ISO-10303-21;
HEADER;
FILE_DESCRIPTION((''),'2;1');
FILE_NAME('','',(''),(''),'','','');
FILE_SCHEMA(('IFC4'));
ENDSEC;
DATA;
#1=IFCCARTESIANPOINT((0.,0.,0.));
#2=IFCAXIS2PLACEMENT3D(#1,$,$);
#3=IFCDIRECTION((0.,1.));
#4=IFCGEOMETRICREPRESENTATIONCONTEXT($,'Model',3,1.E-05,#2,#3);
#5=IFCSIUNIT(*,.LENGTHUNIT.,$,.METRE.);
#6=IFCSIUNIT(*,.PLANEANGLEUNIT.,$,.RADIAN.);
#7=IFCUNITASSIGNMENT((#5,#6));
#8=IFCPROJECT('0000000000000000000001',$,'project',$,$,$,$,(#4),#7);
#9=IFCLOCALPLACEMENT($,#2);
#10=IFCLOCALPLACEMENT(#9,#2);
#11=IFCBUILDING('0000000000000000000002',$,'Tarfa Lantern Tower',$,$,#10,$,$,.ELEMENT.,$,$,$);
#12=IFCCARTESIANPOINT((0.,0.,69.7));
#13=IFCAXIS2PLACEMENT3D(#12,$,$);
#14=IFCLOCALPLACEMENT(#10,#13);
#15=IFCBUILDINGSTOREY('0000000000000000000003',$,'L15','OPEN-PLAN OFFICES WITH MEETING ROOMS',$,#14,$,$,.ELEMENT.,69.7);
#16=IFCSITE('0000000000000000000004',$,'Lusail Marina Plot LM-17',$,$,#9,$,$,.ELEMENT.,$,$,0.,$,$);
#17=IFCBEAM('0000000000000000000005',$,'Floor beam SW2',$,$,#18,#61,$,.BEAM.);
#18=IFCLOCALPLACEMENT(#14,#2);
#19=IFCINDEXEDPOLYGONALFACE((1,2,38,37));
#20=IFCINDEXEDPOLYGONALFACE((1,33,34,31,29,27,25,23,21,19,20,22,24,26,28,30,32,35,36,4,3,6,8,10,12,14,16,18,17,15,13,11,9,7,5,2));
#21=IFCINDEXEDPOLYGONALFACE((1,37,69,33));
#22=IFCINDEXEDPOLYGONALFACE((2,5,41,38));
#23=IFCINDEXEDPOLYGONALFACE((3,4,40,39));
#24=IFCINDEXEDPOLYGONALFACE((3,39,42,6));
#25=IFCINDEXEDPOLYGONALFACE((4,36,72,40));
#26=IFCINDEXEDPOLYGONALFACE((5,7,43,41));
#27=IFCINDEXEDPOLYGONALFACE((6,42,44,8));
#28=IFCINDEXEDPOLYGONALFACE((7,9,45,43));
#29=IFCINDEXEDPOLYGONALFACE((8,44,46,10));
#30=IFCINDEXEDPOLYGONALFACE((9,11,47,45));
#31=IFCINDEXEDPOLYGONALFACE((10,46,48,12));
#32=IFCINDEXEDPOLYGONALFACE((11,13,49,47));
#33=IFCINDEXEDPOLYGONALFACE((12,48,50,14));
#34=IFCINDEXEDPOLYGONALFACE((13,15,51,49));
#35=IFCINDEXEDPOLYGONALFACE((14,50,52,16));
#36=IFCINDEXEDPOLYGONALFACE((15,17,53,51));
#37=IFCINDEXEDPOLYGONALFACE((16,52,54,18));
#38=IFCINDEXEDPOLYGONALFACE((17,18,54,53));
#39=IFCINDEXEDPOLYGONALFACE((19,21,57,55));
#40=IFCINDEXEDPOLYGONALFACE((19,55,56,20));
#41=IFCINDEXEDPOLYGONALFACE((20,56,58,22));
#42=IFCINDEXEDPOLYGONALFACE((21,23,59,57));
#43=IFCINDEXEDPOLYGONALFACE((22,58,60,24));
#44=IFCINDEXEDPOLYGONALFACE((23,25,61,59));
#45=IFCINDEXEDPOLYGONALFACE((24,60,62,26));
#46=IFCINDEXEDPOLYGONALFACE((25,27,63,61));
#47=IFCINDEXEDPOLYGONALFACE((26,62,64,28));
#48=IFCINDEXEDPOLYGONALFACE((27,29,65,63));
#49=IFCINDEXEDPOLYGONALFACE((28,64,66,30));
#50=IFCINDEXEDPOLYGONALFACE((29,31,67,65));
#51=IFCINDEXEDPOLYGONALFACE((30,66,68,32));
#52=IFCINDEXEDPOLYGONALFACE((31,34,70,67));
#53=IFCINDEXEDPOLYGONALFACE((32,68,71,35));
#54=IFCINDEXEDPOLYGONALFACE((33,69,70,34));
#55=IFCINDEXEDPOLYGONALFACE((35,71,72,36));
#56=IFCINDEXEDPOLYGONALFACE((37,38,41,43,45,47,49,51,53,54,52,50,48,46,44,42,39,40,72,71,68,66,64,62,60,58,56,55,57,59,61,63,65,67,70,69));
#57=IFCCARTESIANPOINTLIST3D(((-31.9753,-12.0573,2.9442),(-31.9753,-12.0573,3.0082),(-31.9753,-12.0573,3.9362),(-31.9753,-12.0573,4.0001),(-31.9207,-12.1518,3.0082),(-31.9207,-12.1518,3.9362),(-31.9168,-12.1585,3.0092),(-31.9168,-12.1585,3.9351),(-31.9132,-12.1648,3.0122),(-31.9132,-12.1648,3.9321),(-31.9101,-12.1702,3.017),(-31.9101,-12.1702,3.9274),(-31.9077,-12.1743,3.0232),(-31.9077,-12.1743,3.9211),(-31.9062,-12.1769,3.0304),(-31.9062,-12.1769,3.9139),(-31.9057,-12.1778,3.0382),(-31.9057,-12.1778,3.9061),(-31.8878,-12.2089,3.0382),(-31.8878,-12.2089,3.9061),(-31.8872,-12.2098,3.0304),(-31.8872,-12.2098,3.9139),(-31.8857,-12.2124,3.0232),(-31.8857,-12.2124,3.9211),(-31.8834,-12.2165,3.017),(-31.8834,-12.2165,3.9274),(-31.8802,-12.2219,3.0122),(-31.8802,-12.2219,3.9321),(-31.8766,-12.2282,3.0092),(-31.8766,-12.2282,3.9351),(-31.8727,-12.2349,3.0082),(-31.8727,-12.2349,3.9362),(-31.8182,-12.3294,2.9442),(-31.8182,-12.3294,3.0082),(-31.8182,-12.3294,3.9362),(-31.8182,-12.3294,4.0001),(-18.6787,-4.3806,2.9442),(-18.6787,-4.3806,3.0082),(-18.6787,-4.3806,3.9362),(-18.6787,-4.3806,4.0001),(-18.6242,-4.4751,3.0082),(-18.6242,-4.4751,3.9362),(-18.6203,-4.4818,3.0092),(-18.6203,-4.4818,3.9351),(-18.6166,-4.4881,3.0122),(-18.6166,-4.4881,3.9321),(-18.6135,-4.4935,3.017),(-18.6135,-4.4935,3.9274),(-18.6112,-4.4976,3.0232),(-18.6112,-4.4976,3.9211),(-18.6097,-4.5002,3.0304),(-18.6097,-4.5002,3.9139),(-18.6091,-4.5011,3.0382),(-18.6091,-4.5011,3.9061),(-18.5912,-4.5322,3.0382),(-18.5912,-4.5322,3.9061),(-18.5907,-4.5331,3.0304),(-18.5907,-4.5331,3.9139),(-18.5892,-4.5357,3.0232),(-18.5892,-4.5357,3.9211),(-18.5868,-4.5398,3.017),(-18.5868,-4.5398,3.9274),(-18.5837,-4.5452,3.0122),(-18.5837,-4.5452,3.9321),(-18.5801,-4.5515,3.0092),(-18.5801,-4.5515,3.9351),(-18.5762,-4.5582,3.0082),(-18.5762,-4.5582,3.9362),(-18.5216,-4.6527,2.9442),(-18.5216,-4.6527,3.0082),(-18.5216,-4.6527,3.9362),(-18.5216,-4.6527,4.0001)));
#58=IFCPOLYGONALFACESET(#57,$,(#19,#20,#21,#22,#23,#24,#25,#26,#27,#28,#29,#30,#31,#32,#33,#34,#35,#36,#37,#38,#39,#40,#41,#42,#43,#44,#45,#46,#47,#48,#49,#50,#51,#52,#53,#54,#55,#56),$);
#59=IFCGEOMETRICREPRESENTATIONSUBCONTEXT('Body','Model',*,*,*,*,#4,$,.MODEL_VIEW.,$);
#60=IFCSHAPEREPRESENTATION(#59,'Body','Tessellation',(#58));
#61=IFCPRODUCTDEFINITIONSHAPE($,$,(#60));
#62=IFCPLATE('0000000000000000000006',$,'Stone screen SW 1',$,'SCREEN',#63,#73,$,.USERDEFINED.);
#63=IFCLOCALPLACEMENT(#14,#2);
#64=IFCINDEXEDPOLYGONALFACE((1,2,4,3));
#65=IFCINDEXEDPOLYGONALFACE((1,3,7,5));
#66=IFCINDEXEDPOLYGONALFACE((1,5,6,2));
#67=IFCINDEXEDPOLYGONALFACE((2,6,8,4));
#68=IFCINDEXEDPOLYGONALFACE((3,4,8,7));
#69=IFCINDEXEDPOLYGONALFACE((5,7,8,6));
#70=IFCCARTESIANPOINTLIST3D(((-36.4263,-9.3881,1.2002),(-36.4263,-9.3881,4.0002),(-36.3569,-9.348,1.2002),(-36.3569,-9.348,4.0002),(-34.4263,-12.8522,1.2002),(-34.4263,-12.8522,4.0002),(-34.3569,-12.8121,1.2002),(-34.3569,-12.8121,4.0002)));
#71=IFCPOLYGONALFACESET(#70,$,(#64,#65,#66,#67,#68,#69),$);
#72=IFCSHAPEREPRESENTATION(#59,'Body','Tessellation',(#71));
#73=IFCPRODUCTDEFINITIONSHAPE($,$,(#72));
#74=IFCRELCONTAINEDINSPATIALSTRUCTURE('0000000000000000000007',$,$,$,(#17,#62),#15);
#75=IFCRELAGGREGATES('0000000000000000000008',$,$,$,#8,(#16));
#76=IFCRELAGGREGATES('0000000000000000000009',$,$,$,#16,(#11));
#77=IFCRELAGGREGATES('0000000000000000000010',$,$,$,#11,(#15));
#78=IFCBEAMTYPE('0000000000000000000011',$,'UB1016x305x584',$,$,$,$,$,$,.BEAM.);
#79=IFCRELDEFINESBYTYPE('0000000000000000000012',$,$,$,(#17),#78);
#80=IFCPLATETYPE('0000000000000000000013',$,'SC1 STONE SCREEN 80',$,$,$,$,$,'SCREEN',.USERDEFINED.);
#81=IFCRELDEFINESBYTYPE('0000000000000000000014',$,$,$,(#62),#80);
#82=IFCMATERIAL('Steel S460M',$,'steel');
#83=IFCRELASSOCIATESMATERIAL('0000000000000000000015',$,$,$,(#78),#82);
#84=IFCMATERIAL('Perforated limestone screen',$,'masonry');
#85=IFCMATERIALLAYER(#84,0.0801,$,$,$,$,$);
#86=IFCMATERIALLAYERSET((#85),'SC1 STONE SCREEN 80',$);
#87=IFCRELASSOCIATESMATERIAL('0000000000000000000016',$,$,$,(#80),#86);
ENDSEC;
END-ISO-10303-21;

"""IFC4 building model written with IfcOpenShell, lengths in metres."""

from ifc_helpers import new_model, si_unit, direction, frame, origin, origin_2d, place, context, subcontext, project, spatial, rectangle, i_section, extrude, material, layer, layer_set, material_profile, profile_set, type_object, element, save


model = new_model("IFC4")

# Units and contexts
model_context = context("Model", 3, precision=1e-05, world=origin(), true_north=direction((0.0, 1.0)))
body_context = subcontext(model_context, "Body", "Model", "MODEL_VIEW")
ifc_project = project(units=[si_unit("LENGTHUNIT", "METRE"), si_unit("PLANEANGLEUNIT", "RADIAN")], contexts=[model_context])

# Site, building, storey
site_placement = place(None, origin())
site = spatial("IfcSite", under=ifc_project, at=site_placement, Name="Lusail Marina Plot LM-17", CompositionType="ELEMENT", RefElevation=0.0)
building_placement = place(site_placement, origin())
building = spatial("IfcBuilding", under=site, at=building_placement, Name="Tarfa Lantern Tower", CompositionType="ELEMENT")
storey_placement = place(building_placement, frame((0.0, 0.0, 69.7)))
storey = spatial("IfcBuildingStorey", under=building, at=storey_placement, Name="L15", Description="OPEN-PLAN OFFICES WITH MEETING ROOMS", CompositionType="ELEMENT", Elevation=69.7)

# Beam
ifc_material_1 = material(Name="Steel S460M", Category="steel")
ifc_material_profile_1 = material_profile(ifc_material_1, i_section(OverallWidth=0.3142, OverallDepth=1.0559, WebThickness=0.0359, FlangeThickness=0.064, FilletRadius=0.03, at=origin_2d()), Name="UB1016x305x584")
ifc_profile_set_1 = profile_set([ifc_material_profile_1], Name="Steel S460M")
beam_type_1 = type_object("IfcBeamType", Name="UB1016x305x584", PredefinedType="BEAM", material=ifc_profile_set_1)
beam_1_placement = place(storey_placement, frame((-31.8967, -12.1934, 3.4722), z_axis=(0.866027, 0.499997, 0.0), x_axis=(-0.499997, 0.866027, 0.0)))
element("IfcBeam", 1, at=beam_1_placement, inside=storey, type_object=beam_type_1, Name="Floor beam SW2", PredefinedType="BEAM", context=body_context, shape_type="SweptSolid", body=[
    extrude(i_section(OverallWidth=0.3142, OverallDepth=1.0559, WebThickness=0.0359, FlangeThickness=0.064, FilletRadius=0.03, at=origin_2d()), origin(), (0.0, 0.0, 1.0), 15.3535),
])

# Plate
ifc_material_2 = material(Name="Perforated limestone screen", Category="masonry")
ifc_layer_1 = layer(ifc_material_2, 0.0801)
ifc_layer_set_1 = layer_set([ifc_layer_1], Name="SC1 STONE SCREEN 80")
plate_type = type_object("IfcPlateType", Name="SC1 STONE SCREEN 80", ElementType="SCREEN", PredefinedType="USERDEFINED", material=ifc_layer_set_1)
plate_placement = place(storey_placement, frame((-35.3916, -11.1001, 1.2002), z_axis=(0.0, 0.0, 1.0), x_axis=(0.5, -0.866025, 0.0)))
element("IfcPlate", 2, at=plate_placement, inside=storey, type_object=plate_type, Name="Stone screen SW 1", ObjectType="SCREEN", PredefinedType="USERDEFINED", context=body_context, shape_type="SweptSolid", body=[
    extrude(rectangle(XDim=4.0, YDim=0.0801, at=origin_2d()), origin(), (0.0, 0.0, 1.0), 2.8),
])

save(model, "model.ifc")
